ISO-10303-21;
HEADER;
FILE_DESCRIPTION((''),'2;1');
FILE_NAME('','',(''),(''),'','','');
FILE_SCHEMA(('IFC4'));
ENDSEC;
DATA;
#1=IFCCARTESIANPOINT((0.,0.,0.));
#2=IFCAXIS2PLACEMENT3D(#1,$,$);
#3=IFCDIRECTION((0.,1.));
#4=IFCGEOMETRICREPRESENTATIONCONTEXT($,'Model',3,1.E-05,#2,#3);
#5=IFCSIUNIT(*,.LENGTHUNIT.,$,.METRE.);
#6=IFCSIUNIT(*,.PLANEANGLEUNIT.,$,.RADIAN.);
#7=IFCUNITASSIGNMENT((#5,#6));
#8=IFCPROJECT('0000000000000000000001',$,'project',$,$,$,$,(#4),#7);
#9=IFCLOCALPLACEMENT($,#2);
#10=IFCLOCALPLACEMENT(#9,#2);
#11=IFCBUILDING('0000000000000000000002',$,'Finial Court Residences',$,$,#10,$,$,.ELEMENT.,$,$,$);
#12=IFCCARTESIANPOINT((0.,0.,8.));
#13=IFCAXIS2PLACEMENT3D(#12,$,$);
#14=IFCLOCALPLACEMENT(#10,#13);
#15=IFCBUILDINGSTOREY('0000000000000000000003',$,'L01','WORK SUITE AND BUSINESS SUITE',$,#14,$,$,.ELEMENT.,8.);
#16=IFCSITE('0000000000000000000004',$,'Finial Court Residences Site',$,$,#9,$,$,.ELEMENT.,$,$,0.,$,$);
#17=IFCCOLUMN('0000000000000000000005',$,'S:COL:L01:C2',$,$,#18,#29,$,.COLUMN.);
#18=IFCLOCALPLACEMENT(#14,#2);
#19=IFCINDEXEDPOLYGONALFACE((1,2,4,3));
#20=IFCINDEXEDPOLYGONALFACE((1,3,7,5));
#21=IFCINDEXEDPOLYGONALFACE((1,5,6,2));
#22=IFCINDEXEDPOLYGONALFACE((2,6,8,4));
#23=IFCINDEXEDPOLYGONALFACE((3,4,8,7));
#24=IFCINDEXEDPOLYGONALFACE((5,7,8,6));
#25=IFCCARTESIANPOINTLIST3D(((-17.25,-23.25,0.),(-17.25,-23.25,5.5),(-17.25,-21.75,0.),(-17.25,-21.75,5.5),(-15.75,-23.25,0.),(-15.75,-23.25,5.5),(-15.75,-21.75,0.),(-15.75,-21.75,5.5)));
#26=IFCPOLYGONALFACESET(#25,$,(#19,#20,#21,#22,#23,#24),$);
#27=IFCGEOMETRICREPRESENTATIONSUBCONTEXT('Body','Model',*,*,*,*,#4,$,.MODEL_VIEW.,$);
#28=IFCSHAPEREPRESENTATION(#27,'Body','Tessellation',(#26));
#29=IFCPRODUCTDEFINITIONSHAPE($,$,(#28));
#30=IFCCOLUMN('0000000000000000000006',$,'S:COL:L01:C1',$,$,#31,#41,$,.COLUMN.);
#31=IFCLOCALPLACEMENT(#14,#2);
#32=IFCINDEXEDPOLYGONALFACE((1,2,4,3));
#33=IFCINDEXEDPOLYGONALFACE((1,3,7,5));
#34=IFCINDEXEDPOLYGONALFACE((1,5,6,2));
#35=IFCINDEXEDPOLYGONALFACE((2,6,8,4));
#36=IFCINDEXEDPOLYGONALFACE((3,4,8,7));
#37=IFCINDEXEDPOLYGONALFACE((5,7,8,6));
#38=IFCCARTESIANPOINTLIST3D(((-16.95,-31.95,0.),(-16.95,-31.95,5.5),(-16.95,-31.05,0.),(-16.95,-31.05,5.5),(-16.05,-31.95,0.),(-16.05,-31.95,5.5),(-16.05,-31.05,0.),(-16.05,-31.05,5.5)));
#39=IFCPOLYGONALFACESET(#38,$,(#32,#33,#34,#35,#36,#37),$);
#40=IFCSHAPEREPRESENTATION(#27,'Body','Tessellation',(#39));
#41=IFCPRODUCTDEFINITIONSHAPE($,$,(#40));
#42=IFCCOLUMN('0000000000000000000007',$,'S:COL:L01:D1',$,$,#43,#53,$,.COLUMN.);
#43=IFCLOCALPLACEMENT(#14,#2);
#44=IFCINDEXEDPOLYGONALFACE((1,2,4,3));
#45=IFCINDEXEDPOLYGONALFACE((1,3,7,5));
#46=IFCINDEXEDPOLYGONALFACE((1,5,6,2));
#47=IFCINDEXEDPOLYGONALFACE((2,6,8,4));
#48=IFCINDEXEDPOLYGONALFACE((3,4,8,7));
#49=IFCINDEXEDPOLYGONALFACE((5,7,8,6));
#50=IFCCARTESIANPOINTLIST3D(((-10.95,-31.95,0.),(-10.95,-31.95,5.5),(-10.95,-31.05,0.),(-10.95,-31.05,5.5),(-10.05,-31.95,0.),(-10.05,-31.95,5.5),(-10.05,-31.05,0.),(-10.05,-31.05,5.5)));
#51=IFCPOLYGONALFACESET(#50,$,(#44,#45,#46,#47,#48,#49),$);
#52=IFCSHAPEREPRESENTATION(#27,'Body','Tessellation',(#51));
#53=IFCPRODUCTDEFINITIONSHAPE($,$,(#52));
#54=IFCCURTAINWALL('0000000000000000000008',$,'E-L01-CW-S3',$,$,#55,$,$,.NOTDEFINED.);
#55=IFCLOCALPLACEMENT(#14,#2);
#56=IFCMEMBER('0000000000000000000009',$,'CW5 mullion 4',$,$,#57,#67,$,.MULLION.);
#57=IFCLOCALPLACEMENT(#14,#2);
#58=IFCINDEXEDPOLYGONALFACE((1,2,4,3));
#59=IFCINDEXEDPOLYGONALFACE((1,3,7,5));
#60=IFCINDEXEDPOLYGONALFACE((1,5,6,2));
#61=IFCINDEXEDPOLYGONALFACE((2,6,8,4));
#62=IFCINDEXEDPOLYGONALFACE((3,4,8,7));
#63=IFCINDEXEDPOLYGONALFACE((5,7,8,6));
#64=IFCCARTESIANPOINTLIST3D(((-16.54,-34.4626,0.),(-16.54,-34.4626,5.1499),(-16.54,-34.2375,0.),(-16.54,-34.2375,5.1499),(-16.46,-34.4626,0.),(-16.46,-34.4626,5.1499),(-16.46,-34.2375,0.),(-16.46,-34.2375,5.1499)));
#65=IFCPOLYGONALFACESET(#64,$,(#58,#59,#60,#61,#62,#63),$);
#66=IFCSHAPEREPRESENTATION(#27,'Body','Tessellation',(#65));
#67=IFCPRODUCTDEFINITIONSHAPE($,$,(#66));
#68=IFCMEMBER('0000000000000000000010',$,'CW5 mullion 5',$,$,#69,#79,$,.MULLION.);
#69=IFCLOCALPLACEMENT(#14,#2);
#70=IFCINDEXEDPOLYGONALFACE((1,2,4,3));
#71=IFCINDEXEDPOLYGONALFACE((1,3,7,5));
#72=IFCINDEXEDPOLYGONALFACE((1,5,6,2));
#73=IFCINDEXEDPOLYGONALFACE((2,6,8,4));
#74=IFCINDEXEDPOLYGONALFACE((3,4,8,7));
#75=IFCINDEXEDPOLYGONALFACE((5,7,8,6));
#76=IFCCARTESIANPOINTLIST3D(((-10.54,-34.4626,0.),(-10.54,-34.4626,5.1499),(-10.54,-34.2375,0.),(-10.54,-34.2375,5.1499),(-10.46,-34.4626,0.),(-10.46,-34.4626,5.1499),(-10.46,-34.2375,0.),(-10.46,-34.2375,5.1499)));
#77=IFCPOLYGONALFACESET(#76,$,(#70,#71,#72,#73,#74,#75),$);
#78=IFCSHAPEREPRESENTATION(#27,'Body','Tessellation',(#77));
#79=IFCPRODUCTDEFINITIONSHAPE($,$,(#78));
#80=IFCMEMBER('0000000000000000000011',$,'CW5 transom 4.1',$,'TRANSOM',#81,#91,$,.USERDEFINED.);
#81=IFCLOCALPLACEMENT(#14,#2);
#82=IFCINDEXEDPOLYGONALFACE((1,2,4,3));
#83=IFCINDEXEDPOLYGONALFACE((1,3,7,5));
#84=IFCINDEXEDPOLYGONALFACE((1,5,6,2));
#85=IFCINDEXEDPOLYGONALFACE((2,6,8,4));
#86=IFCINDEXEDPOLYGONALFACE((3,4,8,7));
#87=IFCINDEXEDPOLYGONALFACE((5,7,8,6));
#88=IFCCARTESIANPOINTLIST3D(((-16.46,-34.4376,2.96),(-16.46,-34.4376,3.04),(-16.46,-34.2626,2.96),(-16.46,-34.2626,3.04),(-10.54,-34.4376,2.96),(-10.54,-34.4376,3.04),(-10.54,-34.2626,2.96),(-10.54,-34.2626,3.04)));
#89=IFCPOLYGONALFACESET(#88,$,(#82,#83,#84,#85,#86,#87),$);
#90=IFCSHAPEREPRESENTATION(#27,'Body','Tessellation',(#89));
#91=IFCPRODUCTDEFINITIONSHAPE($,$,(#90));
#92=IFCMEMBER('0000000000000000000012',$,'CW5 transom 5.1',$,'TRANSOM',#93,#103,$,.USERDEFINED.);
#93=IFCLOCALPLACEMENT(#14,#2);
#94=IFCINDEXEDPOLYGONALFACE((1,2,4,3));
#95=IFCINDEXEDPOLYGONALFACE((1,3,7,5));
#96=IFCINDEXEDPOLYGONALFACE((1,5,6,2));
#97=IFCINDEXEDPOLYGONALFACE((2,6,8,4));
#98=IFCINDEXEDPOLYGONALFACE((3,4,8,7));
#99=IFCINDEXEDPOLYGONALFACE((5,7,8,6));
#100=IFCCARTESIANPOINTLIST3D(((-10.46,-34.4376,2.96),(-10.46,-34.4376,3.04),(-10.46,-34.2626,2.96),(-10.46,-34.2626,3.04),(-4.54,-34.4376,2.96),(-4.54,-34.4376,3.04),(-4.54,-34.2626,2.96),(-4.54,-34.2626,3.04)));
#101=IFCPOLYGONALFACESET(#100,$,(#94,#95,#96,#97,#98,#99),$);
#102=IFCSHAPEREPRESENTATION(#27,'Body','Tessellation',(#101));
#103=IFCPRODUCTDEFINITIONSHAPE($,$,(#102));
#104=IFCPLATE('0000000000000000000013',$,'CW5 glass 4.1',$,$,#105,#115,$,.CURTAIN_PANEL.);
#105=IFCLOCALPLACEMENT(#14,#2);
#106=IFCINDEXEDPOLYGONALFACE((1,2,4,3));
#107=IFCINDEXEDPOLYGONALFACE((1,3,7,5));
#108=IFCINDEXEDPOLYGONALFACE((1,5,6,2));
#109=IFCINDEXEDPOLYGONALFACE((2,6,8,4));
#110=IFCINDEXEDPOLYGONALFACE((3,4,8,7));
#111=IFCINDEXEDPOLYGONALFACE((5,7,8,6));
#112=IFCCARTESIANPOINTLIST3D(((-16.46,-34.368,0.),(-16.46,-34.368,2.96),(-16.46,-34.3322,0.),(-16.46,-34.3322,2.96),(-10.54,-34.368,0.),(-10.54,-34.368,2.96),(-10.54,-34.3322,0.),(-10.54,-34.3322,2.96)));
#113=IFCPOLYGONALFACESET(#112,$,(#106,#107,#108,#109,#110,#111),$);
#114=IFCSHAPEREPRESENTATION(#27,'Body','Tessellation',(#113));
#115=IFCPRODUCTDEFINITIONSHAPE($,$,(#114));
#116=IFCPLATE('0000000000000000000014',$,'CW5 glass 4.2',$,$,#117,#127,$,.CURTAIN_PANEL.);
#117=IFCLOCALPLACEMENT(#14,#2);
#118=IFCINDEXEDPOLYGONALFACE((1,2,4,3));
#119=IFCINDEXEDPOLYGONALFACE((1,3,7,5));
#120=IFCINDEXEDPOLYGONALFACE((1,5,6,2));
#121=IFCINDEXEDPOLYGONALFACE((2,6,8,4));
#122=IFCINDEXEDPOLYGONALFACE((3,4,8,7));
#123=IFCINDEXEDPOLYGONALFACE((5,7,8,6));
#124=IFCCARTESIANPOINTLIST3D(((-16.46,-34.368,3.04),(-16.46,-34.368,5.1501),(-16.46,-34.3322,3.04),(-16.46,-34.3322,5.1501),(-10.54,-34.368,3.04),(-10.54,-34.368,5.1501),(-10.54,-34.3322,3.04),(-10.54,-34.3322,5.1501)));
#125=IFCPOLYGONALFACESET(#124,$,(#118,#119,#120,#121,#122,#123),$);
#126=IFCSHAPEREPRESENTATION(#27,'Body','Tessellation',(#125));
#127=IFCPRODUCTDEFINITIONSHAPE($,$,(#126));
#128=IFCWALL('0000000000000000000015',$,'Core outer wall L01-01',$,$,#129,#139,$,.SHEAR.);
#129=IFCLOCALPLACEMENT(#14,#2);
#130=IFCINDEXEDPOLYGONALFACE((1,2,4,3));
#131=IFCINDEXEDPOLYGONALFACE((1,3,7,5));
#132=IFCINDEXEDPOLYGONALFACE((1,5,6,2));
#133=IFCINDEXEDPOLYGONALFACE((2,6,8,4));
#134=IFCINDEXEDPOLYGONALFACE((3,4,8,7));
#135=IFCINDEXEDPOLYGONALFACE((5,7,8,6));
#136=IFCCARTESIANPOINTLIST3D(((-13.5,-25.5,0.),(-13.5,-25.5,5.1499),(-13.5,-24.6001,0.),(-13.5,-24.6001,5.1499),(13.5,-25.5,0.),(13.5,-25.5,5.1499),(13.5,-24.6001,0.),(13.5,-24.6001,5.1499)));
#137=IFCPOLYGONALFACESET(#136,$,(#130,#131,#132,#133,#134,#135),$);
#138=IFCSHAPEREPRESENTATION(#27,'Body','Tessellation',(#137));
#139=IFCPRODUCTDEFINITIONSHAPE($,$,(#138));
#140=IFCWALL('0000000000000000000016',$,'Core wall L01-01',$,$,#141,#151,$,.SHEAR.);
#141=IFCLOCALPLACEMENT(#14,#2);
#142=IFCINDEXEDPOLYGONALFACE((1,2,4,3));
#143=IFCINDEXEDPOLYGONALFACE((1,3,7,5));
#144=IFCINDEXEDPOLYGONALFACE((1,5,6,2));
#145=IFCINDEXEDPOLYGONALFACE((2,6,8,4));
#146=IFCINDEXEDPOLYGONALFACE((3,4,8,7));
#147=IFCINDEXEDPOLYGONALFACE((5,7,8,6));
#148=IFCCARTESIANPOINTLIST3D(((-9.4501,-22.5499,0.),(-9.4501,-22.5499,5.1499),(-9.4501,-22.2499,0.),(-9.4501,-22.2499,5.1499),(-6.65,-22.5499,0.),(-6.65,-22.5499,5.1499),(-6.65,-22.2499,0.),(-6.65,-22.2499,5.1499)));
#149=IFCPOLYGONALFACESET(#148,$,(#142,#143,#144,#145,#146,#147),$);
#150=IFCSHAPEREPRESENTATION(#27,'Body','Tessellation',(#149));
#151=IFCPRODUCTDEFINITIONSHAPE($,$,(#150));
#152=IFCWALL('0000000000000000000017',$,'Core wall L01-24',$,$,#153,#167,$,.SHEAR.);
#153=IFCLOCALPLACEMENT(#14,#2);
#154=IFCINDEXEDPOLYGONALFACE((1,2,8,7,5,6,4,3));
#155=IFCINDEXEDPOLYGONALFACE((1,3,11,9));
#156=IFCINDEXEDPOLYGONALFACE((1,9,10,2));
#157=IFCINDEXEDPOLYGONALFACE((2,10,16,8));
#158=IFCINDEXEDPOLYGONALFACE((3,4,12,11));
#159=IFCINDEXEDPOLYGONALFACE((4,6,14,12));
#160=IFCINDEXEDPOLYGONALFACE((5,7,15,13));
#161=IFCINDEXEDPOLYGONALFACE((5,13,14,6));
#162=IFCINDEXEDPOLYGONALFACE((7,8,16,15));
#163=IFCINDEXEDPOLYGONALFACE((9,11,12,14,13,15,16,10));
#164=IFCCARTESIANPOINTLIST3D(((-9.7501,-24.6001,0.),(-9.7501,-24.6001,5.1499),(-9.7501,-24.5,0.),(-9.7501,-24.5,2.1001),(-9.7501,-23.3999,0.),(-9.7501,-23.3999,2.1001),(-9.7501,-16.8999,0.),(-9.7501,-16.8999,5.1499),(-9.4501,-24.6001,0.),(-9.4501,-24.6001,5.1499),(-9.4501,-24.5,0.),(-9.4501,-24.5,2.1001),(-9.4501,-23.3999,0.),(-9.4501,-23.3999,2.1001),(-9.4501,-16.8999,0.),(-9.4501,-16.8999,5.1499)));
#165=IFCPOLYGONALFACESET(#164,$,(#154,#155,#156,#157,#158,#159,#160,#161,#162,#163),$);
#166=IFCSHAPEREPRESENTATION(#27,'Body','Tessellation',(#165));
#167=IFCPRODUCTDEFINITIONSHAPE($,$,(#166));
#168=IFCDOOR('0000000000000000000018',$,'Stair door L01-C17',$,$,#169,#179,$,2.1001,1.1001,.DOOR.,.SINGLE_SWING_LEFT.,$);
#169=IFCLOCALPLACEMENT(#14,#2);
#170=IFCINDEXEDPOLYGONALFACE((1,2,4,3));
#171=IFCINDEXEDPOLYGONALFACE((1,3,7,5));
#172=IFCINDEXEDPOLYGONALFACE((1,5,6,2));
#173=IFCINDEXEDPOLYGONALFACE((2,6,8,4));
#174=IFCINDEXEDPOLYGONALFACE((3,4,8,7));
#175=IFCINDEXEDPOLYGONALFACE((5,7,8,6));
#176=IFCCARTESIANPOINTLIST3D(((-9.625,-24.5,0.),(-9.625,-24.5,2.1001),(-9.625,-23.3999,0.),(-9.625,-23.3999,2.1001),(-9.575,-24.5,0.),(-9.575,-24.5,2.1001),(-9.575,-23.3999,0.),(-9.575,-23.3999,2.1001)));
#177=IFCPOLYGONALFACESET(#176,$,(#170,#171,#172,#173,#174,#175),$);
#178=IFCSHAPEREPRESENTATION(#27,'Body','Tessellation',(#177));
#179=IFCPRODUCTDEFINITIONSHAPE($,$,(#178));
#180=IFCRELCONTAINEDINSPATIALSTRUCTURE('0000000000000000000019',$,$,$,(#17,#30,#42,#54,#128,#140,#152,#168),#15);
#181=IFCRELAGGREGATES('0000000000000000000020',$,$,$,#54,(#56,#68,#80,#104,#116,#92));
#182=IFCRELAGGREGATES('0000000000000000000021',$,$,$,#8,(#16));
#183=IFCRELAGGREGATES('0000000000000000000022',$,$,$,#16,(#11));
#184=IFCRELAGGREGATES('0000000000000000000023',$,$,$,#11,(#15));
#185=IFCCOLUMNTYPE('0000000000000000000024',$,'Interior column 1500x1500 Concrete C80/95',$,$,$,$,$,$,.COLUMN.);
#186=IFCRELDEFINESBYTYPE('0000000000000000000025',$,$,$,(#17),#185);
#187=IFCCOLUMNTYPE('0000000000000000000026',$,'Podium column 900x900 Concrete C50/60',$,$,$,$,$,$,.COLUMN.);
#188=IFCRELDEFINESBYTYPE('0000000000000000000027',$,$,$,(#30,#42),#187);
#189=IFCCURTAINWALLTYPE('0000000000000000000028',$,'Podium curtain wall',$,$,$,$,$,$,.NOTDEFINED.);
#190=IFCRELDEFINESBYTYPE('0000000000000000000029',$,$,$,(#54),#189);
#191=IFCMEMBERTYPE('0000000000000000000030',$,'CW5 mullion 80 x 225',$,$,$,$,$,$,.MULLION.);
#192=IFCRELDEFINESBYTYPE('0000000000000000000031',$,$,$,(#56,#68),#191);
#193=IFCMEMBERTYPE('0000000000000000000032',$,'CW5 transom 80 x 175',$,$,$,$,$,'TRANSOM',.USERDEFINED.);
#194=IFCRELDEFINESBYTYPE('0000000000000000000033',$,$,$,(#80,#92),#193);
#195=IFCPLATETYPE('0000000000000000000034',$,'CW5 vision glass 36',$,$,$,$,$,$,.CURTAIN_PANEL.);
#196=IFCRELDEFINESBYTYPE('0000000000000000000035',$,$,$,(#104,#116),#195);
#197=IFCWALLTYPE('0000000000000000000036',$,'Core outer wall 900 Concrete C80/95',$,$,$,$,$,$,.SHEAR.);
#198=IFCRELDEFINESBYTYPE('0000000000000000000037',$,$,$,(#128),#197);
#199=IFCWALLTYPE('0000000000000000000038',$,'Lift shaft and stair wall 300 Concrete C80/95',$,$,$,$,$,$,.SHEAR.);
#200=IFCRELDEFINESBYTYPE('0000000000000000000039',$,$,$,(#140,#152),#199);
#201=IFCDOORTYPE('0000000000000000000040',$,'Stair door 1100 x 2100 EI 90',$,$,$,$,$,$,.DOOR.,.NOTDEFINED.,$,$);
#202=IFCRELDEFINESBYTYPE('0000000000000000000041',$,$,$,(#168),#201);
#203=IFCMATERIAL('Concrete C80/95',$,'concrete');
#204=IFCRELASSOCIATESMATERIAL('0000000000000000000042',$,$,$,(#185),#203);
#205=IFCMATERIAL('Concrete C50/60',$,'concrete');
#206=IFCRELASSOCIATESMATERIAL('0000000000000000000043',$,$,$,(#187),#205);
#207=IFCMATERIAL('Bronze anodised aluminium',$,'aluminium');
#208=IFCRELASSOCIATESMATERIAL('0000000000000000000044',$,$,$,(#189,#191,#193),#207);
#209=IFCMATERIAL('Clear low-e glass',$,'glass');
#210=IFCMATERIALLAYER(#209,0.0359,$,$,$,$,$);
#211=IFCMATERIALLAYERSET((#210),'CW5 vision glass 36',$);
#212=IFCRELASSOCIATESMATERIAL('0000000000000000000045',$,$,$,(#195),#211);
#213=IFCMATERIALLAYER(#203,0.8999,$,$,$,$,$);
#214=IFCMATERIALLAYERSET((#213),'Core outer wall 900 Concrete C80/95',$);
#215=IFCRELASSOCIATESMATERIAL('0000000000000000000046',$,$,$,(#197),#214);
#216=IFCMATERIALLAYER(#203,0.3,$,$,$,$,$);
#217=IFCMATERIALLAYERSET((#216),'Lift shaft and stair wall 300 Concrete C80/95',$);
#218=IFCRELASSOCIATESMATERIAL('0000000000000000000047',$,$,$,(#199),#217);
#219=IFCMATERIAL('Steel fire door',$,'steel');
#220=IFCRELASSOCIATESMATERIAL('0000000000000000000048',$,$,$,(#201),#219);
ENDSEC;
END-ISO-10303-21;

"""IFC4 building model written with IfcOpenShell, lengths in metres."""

from ifc_helpers import new_model, si_unit, direction, frame, frame_2d, origin, origin_2d, place, context, subcontext, project, spatial, rectangle, extrude, material, layer, layer_set, material_profile, profile_set, type_object, element, fill, aggregate, save


model = new_model("IFC4")

# Units and contexts
model_context = context("Model", 3, precision=1e-05, world=origin(), true_north=direction((0.0, 1.0)))
body_context = subcontext(model_context, "Body", "Model", "MODEL_VIEW")
ifc_project = project(units=[si_unit("LENGTHUNIT", "METRE"), si_unit("PLANEANGLEUNIT", "RADIAN")], contexts=[model_context])

# Site, building, storey
site_placement = place(None, origin())
site = spatial("IfcSite", under=ifc_project, at=site_placement, Name="Finial Court Residences Site", CompositionType="ELEMENT", RefElevation=0.0)
building_placement = place(site_placement, origin())
building = spatial("IfcBuilding", under=site, at=building_placement, Name="Finial Court Residences", CompositionType="ELEMENT")
storey_placement = place(building_placement, frame((0.0, 0.0, 8.0)))
storey = spatial("IfcBuildingStorey", under=building, at=storey_placement, Name="L01", Description="WORK SUITE AND BUSINESS SUITE", CompositionType="ELEMENT", Elevation=8.0)

# Columns
ifc_material_1 = material(Name="Concrete C80/95", Category="concrete")
ifc_material_profile_1 = material_profile(ifc_material_1, rectangle(XDim=1.5, YDim=1.5, at=origin_2d()), Name="1500x1500")
ifc_profile_set_1 = profile_set([ifc_material_profile_1], Name="Concrete C80/95")
column_type_1 = type_object("IfcColumnType", Name="Interior column 1500x1500 Concrete C80/95", PredefinedType="COLUMN", material=ifc_profile_set_1)
column_placement = place(storey_placement, frame((-16.5, -22.5, 0.0), z_axis=(0.0, 0.0, 1.0), x_axis=(1.0, 0.0, 0.0)))
element("IfcColumn", 1, at=column_placement, inside=storey, type_object=column_type_1, Name="S:COL:L01:C2", PredefinedType="COLUMN", context=body_context, shape_type="SweptSolid", body=[
    extrude(rectangle(XDim=1.5, YDim=1.5, at=origin_2d()), origin(), (0.0, 0.0, 1.0), 5.5),
])
ifc_material_2 = material(Name="Concrete C50/60", Category="concrete")
ifc_material_profile_2 = material_profile(ifc_material_2, rectangle(XDim=0.8999, YDim=0.8999, at=origin_2d()), Name="900x900")
ifc_profile_set_2 = profile_set([ifc_material_profile_2], Name="Concrete C50/60")
column_type_2 = type_object("IfcColumnType", Name="Podium column 900x900 Concrete C50/60", PredefinedType="COLUMN", material=ifc_profile_set_2)
for number, where, z_axis, x_axis, name in (
    (2, (-16.5, -31.5, 0.0), (0.0, 0.0, 1.0), (1.0, 0.0, 0.0), "S:COL:L01:C1"),
    (3, (-10.5, -31.5, 0.0), (0.0, 0.0, 1.0), (1.0, 0.0, 0.0), "S:COL:L01:D1"),
):
    element("IfcColumn", number, at=place(storey_placement, frame(where, z_axis=z_axis, x_axis=x_axis)), inside=storey, type_object=column_type_2, Name=name, PredefinedType="COLUMN", context=body_context, shape_type="SweptSolid", body=[
        extrude(rectangle(XDim=0.8999, YDim=0.8999, at=origin_2d()), origin(), (0.0, 0.0, 1.0), 5.5),
    ])

# Curtain wall, members, plates
ifc_material_3 = material(Name="Bronze anodised aluminium", Category="aluminium")
curtain_wall_type = type_object("IfcCurtainWallType", Name="Podium curtain wall", PredefinedType="NOTDEFINED", material=ifc_material_3)
curtain_wall_placement = place(storey_placement, origin())
curtain_wall = element("IfcCurtainWall", 4, at=curtain_wall_placement, inside=storey, type_object=curtain_wall_type, Name="E-L01-CW-S3", PredefinedType="NOTDEFINED")
ifc_material_profile_3 = material_profile(ifc_material_3, rectangle(XDim=0.2251, YDim=0.0801, at=origin_2d()), Name="CW5 mullion 80 x 225")
ifc_profile_set_3 = profile_set([ifc_material_profile_3], Name="Bronze anodised aluminium")
member_type_1 = type_object("IfcMemberType", Name="CW5 mullion 80 x 225", PredefinedType="MULLION", material=ifc_profile_set_3)
member_1_placement = place(storey_placement, frame((-16.5, -34.3501, 0.0), z_axis=(0.0, 0.0, 1.0), x_axis=(0.0, 1.0, 0.0)))
member_1 = element("IfcMember", 5, at=member_1_placement, type_object=member_type_1, Name="CW5 mullion 4", PredefinedType="MULLION", context=body_context, shape_type="SweptSolid", body=[
    extrude(rectangle(XDim=0.2251, YDim=0.0801, at=origin_2d()), origin(), (0.0, 0.0, 1.0), 5.1499),
])
member_2_placement = place(storey_placement, frame((-10.5, -34.3501, 0.0), z_axis=(0.0, 0.0, 1.0), x_axis=(0.0, 1.0, 0.0)))
member_2 = element("IfcMember", 6, at=member_2_placement, type_object=member_type_1, Name="CW5 mullion 5", PredefinedType="MULLION", context=body_context, shape_type="SweptSolid", body=[
    extrude(rectangle(XDim=0.2251, YDim=0.0801, at=origin_2d()), origin(), (0.0, 0.0, 1.0), 5.1499),
])
ifc_material_profile_4 = material_profile(ifc_material_3, rectangle(XDim=0.175, YDim=0.0801, at=origin_2d()), Name="CW5 transom 80 x 175")
ifc_profile_set_4 = profile_set([ifc_material_profile_4], Name="Bronze anodised aluminium")
member_type_2 = type_object("IfcMemberType", Name="CW5 transom 80 x 175", ElementType="TRANSOM", PredefinedType="USERDEFINED", material=ifc_profile_set_4)
member_3_placement = place(storey_placement, frame((-16.46, -34.3501, 3.0), z_axis=(1.0, 0.0, 0.0), x_axis=(0.0, 1.0, 0.0)))
member_3 = element("IfcMember", 7, at=member_3_placement, type_object=member_type_2, Name="CW5 transom 4.1", ObjectType="TRANSOM", PredefinedType="USERDEFINED", context=body_context, shape_type="SweptSolid", body=[
    extrude(rectangle(XDim=0.175, YDim=0.0801, at=origin_2d()), origin(), (0.0, 0.0, 1.0), 5.9199),
])
member_4_placement = place(storey_placement, frame((-10.46, -34.3501, 3.0), z_axis=(1.0, 0.0, 0.0), x_axis=(0.0, 1.0, 0.0)))
member_4 = element("IfcMember", 8, at=member_4_placement, type_object=member_type_2, Name="CW5 transom 5.1", ObjectType="TRANSOM", PredefinedType="USERDEFINED", context=body_context, shape_type="SweptSolid", body=[
    extrude(rectangle(XDim=0.175, YDim=0.0801, at=origin_2d()), origin(), (0.0, 0.0, 1.0), 5.9199),
])
ifc_material_4 = material(Name="Clear low-e glass", Category="glass")
ifc_layer_1 = layer(ifc_material_4, 0.0359)
ifc_layer_set_1 = layer_set([ifc_layer_1], Name="CW5 vision glass 36")
plate_type = type_object("IfcPlateType", Name="CW5 vision glass 36", PredefinedType="CURTAIN_PANEL", material=ifc_layer_set_1)
plate_1_placement = place(storey_placement, frame((-13.5, -34.3501, 0.0), z_axis=(0.0, 0.0, 1.0), x_axis=(1.0, 0.0, 0.0)))
plate_1 = element("IfcPlate", 9, at=plate_1_placement, type_object=plate_type, Name="CW5 glass 4.1", PredefinedType="CURTAIN_PANEL", context=body_context, shape_type="SweptSolid", body=[
    extrude(rectangle(XDim=5.9199, YDim=0.0359, at=origin_2d()), origin(), (0.0, 0.0, 1.0), 2.96),
])
plate_2_placement = place(storey_placement, frame((-13.5, -34.3501, 3.04), z_axis=(0.0, 0.0, 1.0), x_axis=(1.0, 0.0, 0.0)))
plate_2 = element("IfcPlate", 10, at=plate_2_placement, type_object=plate_type, Name="CW5 glass 4.2", PredefinedType="CURTAIN_PANEL", context=body_context, shape_type="SweptSolid", body=[
    extrude(rectangle(XDim=5.9199, YDim=0.0359, at=origin_2d()), origin(), (0.0, 0.0, 1.0), 2.1101),
])
aggregate(curtain_wall, [member_1, member_2, member_3, plate_1, plate_2, member_4])

# Walls
ifc_layer_2 = layer(ifc_material_1, 0.8999)
ifc_layer_set_2 = layer_set([ifc_layer_2], Name="Core outer wall 900 Concrete C80/95")
wall_type_1 = type_object("IfcWallType", Name="Core outer wall 900 Concrete C80/95", PredefinedType="SHEAR", material=ifc_layer_set_2)
wall_1_placement = place(storey_placement, frame((-13.5, -25.05, 0.0), z_axis=(0.0, 0.0, 1.0), x_axis=(1.0, 0.0, 0.0)))
element("IfcWall", 11, at=wall_1_placement, inside=storey, type_object=wall_type_1, Name="Core outer wall L01-01", PredefinedType="SHEAR", context=body_context, shape_type="SweptSolid", body=[
    extrude(rectangle(XDim=27.0, YDim=0.8999, at=frame_2d((13.5, 0.0))), origin(), (0.0, 0.0, 1.0), 5.1499),
])
ifc_layer_3 = layer(ifc_material_1, 0.3)
ifc_layer_set_3 = layer_set([ifc_layer_3], Name="Lift shaft and stair wall 300 Concrete C80/95")
wall_type_2 = type_object("IfcWallType", Name="Lift shaft and stair wall 300 Concrete C80/95", PredefinedType="SHEAR", material=ifc_layer_set_3)
wall_2_placement = place(storey_placement, frame((-9.45, -22.3999, 0.0), z_axis=(0.0, 0.0, 1.0), x_axis=(1.0, 0.0, 0.0)))
element("IfcWall", 12, at=wall_2_placement, inside=storey, type_object=wall_type_2, Name="Core wall L01-01", PredefinedType="SHEAR", context=body_context, shape_type="SweptSolid", body=[
    extrude(rectangle(XDim=2.8, YDim=0.3, at=frame_2d((1.3999, 0.0))), origin(), (0.0, 0.0, 1.0), 5.1499),
])

# Wall, opening, door
wall_3_placement = place(storey_placement, frame((-9.6001, -24.6001, 0.0), z_axis=(0.0, 0.0, 1.0), x_axis=(0.0, 1.0, 0.0)))
wall_3 = element("IfcWall", 13, at=wall_3_placement, inside=storey, type_object=wall_type_2, Name="Core wall L01-24", PredefinedType="SHEAR", context=body_context, shape_type="SweptSolid", body=[
    extrude(rectangle(XDim=7.7002, YDim=0.3, at=frame_2d((3.8501, 0.0))), origin(), (0.0, 0.0, 1.0), 5.1499),
])
opening_placement = place(wall_3_placement, frame((0.1001, 0.0, 0.0)))
opening = element("IfcOpeningElement", 14, at=opening_placement, cuts=wall_3, PredefinedType="OPENING", context=body_context, shape_type="SweptSolid", body=[
    extrude(rectangle(XDim=1.1001, YDim=2.1001, at=frame_2d((0.55, 1.05))), frame((0.0, 0.1599, 0.0), z_axis=(0.0, -1.0, 0.0), x_axis=(1.0, 0.0, 0.0)), (0.0, 0.0, 1.0), 0.3201),
])
ifc_material_5 = material(Name="Steel fire door", Category="steel")
door_type = type_object("IfcDoorType", Name="Stair door 1100 x 2100 EI 90", OperationType="NOTDEFINED", PredefinedType="DOOR", material=ifc_material_5)
door_placement = place(opening_placement, origin())
door = element("IfcDoor", 15, at=door_placement, inside=storey, type_object=door_type, Name="Stair door L01-C17", OperationType="SINGLE_SWING_LEFT", OverallHeight=2.1001, OverallWidth=1.1001, PredefinedType="DOOR", context=body_context, shape_type="SweptSolid", body=[
    extrude(rectangle(XDim=1.1001, YDim=2.1001, at=frame_2d((0.55, 1.05))), frame((0.0, 0.0249, 0.0), z_axis=(0.0, -1.0, 0.0), x_axis=(1.0, 0.0, 0.0)), (0.0, 0.0, 1.0), 0.05),
])
fill(opening, door)

save(model, "model.ifc")
